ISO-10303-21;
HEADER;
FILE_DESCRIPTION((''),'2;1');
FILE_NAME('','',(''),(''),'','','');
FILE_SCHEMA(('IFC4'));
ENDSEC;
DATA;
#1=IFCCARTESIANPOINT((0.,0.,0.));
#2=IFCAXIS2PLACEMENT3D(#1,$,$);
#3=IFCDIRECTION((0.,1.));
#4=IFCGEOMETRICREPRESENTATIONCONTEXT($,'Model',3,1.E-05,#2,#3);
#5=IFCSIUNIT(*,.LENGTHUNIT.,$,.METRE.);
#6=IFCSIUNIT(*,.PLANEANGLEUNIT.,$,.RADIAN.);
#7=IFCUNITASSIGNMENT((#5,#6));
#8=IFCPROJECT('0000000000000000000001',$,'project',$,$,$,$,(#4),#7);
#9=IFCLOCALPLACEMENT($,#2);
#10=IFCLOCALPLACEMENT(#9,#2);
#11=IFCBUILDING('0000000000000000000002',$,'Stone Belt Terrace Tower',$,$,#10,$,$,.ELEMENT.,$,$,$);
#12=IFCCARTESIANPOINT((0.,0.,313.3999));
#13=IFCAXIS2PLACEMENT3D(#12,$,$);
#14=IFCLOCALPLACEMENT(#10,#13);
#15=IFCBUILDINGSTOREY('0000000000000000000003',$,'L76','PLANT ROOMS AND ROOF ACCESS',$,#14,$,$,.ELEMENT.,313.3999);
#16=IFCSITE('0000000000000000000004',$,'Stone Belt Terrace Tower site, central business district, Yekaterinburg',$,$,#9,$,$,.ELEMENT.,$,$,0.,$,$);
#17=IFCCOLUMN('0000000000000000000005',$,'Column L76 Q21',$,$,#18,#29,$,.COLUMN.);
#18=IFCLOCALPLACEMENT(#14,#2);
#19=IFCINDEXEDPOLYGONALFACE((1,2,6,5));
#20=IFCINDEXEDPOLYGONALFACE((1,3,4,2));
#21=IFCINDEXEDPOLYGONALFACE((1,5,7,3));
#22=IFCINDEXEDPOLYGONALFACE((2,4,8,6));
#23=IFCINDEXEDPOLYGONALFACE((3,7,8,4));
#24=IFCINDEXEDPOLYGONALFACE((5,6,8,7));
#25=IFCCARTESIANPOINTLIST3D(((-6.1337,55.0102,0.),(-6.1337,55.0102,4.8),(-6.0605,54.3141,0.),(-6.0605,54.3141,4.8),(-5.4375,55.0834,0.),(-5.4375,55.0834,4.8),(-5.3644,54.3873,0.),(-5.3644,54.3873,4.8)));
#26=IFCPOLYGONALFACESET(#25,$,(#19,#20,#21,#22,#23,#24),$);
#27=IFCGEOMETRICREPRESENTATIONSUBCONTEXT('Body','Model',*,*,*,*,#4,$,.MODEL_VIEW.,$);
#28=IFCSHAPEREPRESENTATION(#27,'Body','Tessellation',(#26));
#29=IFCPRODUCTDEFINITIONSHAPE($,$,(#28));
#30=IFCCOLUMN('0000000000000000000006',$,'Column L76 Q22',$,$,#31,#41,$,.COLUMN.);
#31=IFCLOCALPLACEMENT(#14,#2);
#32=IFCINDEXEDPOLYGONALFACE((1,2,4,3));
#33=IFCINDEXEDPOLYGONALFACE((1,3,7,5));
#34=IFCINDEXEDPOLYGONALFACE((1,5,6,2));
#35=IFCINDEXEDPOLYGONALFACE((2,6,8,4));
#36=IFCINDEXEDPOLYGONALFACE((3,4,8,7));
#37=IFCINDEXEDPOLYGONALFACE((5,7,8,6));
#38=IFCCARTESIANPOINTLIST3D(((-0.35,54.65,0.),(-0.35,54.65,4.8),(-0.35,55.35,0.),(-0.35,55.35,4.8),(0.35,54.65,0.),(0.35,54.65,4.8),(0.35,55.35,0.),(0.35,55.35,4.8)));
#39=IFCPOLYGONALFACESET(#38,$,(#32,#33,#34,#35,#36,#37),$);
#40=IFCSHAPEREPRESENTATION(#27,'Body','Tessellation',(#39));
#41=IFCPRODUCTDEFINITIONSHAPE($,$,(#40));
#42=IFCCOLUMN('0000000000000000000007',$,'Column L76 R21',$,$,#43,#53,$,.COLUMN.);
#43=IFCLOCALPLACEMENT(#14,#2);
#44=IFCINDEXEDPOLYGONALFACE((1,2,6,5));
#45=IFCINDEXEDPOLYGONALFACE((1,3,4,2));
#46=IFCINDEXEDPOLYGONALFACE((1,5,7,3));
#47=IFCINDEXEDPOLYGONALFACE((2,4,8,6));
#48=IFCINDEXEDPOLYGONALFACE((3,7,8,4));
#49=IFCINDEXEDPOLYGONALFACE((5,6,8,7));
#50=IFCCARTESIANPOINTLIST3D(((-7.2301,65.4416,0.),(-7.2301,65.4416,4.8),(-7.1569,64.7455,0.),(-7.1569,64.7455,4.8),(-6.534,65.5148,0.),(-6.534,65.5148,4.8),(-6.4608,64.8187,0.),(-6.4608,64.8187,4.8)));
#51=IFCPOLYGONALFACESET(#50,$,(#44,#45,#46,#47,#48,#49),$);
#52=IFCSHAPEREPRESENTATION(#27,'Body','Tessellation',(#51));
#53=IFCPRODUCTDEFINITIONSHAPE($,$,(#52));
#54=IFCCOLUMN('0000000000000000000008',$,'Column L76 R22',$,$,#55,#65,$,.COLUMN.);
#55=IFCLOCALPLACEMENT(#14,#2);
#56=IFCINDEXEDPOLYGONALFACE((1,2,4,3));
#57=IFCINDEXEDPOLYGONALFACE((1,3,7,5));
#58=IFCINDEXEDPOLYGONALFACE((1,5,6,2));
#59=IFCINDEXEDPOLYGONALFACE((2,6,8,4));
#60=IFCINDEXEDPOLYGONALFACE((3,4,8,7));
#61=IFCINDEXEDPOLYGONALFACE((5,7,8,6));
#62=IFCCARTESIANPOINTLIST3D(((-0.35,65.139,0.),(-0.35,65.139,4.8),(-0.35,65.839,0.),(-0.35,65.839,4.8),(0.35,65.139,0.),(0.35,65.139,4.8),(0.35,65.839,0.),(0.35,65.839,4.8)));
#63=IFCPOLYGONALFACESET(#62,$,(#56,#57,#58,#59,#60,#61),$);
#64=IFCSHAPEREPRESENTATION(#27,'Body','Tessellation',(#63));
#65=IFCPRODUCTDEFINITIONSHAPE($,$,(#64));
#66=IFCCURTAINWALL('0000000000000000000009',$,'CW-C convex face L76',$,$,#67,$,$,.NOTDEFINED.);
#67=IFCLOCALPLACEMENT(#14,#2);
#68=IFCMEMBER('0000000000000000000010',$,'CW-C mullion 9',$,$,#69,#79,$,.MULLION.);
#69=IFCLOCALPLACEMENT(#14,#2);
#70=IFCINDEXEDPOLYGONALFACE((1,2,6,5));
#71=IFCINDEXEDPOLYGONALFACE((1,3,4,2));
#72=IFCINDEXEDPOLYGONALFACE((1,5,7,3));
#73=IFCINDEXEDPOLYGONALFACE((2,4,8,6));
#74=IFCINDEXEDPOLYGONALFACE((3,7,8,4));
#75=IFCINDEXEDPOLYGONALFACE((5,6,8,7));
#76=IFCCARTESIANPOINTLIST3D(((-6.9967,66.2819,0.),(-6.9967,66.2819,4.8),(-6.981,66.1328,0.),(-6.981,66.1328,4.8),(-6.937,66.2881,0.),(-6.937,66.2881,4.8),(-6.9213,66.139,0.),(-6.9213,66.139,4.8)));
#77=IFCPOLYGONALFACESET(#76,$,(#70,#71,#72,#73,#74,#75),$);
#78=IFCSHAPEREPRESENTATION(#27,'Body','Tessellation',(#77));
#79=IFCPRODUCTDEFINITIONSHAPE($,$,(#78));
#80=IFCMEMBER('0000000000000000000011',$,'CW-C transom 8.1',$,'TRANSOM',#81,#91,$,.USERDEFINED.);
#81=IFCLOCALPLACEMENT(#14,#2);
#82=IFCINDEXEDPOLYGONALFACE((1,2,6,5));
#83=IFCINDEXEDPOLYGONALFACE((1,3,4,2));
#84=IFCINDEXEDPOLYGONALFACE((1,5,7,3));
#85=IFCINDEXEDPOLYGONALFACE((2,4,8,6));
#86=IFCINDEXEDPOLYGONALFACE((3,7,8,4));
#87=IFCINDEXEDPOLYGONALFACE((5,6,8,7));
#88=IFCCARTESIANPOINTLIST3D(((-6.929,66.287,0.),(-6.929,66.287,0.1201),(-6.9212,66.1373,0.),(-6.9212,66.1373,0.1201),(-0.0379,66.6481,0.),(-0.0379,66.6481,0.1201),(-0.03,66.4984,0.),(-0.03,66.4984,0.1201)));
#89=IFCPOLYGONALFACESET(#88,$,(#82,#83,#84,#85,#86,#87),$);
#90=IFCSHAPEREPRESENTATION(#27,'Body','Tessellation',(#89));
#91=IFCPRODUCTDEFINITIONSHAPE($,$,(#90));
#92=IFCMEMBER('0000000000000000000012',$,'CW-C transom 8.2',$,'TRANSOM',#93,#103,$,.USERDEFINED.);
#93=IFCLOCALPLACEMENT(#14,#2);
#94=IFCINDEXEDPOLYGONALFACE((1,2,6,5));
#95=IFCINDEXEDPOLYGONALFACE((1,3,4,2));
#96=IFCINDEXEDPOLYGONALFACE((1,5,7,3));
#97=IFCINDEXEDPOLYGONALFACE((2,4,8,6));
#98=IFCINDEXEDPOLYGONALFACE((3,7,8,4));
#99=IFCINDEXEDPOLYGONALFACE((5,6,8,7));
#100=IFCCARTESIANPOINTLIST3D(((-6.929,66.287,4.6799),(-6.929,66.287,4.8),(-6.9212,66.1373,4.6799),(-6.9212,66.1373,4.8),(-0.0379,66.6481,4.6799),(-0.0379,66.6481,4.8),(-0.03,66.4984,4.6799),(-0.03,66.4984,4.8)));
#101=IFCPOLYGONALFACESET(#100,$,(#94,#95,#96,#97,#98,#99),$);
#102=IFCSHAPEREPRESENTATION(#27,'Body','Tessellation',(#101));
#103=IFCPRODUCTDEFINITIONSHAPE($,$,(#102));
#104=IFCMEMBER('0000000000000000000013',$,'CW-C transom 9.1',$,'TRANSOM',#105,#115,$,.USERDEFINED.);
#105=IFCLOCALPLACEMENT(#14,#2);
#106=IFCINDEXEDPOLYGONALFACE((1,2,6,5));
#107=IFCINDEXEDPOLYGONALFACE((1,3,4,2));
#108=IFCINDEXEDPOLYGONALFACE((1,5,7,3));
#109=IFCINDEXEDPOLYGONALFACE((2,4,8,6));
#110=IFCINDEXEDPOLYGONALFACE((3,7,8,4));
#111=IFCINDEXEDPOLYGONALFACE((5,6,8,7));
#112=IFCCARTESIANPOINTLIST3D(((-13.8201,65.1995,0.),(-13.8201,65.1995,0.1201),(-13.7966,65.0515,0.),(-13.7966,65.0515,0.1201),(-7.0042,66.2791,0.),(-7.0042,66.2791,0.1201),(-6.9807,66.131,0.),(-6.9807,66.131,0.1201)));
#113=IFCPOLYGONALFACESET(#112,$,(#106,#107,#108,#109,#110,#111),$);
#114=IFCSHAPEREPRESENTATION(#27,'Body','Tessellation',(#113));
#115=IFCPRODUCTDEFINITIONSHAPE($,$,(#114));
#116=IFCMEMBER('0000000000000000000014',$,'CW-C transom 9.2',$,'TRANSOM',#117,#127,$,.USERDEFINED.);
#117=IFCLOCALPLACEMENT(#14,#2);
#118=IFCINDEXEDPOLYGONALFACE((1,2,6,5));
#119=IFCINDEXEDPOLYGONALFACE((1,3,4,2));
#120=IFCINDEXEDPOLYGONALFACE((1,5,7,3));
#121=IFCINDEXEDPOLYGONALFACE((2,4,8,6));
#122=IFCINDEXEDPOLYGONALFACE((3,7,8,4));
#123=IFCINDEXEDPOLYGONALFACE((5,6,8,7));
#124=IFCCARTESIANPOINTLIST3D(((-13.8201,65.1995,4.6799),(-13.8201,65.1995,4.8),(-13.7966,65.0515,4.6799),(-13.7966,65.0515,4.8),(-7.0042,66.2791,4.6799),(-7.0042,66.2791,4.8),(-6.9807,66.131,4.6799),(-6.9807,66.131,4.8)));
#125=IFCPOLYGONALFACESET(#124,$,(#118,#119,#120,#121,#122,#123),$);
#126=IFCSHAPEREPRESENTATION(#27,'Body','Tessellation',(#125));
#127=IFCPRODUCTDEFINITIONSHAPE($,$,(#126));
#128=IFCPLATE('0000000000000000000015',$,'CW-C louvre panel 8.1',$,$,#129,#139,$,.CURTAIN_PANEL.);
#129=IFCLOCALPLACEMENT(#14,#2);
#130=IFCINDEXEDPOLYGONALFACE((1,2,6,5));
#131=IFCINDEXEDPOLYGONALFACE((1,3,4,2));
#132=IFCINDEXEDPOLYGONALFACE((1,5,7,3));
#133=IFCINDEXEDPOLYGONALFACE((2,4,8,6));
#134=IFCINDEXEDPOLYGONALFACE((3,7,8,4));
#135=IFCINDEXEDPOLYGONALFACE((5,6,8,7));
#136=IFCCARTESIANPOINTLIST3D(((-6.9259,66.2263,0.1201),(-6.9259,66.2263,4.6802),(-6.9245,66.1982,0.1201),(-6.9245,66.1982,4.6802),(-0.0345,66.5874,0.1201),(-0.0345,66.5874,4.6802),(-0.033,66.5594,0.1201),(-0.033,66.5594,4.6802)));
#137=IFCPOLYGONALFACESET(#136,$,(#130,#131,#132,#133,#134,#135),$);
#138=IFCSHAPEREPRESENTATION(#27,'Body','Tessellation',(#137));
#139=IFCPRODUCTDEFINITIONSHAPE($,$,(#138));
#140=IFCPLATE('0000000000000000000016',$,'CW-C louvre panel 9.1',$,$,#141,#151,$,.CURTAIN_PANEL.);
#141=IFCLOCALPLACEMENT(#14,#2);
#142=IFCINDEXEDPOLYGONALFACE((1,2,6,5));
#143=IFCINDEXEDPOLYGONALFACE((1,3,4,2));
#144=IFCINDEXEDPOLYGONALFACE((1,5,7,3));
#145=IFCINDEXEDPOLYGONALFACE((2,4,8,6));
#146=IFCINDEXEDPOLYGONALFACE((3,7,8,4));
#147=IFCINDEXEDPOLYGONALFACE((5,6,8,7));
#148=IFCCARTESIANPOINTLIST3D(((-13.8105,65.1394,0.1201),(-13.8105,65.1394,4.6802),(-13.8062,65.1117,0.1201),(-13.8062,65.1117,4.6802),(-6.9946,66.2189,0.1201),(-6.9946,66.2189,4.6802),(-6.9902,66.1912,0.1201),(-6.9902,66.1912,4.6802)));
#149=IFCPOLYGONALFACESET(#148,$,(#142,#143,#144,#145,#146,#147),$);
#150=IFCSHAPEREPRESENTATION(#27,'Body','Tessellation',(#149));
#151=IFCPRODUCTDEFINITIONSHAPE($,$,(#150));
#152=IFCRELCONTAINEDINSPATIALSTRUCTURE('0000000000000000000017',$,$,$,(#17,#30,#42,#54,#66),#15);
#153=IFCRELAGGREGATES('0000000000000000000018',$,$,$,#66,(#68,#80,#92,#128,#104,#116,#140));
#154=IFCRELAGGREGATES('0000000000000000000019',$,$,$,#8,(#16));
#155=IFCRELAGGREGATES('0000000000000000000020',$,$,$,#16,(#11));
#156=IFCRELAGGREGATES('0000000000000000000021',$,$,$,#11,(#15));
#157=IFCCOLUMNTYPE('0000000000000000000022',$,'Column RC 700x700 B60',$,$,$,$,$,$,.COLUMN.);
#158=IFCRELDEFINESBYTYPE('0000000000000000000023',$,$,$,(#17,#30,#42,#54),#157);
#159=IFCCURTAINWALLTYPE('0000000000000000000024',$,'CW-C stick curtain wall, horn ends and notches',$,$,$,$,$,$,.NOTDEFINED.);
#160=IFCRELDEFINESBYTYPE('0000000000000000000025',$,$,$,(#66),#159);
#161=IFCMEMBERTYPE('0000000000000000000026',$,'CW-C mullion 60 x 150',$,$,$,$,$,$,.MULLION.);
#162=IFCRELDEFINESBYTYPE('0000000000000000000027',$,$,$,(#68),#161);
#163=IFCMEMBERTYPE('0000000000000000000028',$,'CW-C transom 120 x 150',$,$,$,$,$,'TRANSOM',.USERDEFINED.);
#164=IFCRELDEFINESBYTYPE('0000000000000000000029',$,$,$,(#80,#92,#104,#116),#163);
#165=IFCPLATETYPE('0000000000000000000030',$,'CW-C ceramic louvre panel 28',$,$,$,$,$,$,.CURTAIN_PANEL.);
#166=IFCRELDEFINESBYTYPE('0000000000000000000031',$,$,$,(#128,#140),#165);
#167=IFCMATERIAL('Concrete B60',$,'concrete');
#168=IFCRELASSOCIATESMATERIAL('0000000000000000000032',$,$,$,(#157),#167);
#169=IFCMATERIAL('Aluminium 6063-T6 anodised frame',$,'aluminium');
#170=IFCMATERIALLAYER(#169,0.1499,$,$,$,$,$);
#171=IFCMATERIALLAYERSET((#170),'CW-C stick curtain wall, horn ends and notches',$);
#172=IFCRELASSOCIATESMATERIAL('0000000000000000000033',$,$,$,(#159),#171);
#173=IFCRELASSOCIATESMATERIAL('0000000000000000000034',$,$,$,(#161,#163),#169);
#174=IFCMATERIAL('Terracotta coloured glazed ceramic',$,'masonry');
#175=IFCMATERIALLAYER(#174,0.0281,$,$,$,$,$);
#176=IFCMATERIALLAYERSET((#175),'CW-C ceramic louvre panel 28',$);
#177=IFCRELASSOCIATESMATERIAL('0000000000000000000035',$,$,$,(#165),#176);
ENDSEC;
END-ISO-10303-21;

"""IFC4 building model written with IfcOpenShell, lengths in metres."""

from ifc_helpers import new_model, si_unit, direction, frame, origin, origin_2d, place, context, subcontext, project, spatial, rectangle, extrude, material, layer, layer_set, material_profile, profile_set, type_object, element, aggregate, save


model = new_model("IFC4")

# Units and contexts
model_context = context("Model", 3, precision=1e-05, world=origin(), true_north=direction((0.0, 1.0)))
body_context = subcontext(model_context, "Body", "Model", "MODEL_VIEW")
ifc_project = project(units=[si_unit("LENGTHUNIT", "METRE"), si_unit("PLANEANGLEUNIT", "RADIAN")], contexts=[model_context])

# Site, building, storey
site_placement = place(None, origin())
site = spatial("IfcSite", under=ifc_project, at=site_placement, Name="Stone Belt Terrace Tower site, central business district, Yekaterinburg", CompositionType="ELEMENT", RefElevation=0.0)
building_placement = place(site_placement, origin())
building = spatial("IfcBuilding", under=site, at=building_placement, Name="Stone Belt Terrace Tower", CompositionType="ELEMENT")
storey_placement = place(building_placement, frame((0.0, 0.0, 313.3999)))
storey = spatial("IfcBuildingStorey", under=building, at=storey_placement, Name="L76", Description="PLANT ROOMS AND ROOF ACCESS", CompositionType="ELEMENT", Elevation=313.3999)

# Columns
ifc_material_1 = material(Name="Concrete B60", Category="concrete")
ifc_material_profile_1 = material_profile(ifc_material_1, rectangle(XDim=0.7, YDim=0.7, at=origin_2d()), Name="RC 700x700")
ifc_profile_set_1 = profile_set([ifc_material_profile_1], Name="Concrete B60")
column_type = type_object("IfcColumnType", Name="Column RC 700x700 B60", PredefinedType="COLUMN", material=ifc_profile_set_1)
for number, where, z_axis, x_axis, name in (
    (1, (-5.749, 54.6987, 0.0), (0.0, 0.0, 1.0), (0.994522, 0.104528, 0.0), "Column L76 Q21"),
    (2, (0.0, 55.0, 0.0), (0.0, 0.0, 1.0), (1.0, 0.0, 0.0), "Column L76 Q22"),
    (3, (-6.8455, 65.1301, 0.0), (0.0, 0.0, 1.0), (0.994522, 0.104528, 0.0), "Column L76 R21"),
    (4, (0.0, 65.489, 0.0), (0.0, 0.0, 1.0), (1.0, 0.0, 0.0), "Column L76 R22"),
):
    element("IfcColumn", number, at=place(storey_placement, frame(where, z_axis=z_axis, x_axis=x_axis)), inside=storey, type_object=column_type, Name=name, PredefinedType="COLUMN", context=body_context, shape_type="SweptSolid", body=[
        extrude(rectangle(XDim=0.7, YDim=0.7, at=origin_2d()), origin(), (0.0, 0.0, 1.0), 4.8),
    ])

# Curtain wall, members, plates
ifc_material_2 = material(Name="Aluminium 6063-T6 anodised frame", Category="aluminium")
ifc_layer_1 = layer(ifc_material_2, 0.1499)
ifc_layer_set_1 = layer_set([ifc_layer_1], Name="CW-C stick curtain wall, horn ends and notches")
curtain_wall_type = type_object("IfcCurtainWallType", Name="CW-C stick curtain wall, horn ends and notches", PredefinedType="NOTDEFINED", material=ifc_layer_set_1)
curtain_wall_placement = place(storey_placement, origin())
curtain_wall = element("IfcCurtainWall", 5, at=curtain_wall_placement, inside=storey, type_object=curtain_wall_type, Name="CW-C convex face L76", PredefinedType="NOTDEFINED")
ifc_material_profile_2 = material_profile(ifc_material_2, rectangle(XDim=0.1499, YDim=0.0601, at=origin_2d()), Name="Aluminium 6063-T6 60x150")
ifc_profile_set_2 = profile_set([ifc_material_profile_2], Name="Aluminium 6063-T6 anodised frame")
member_type_1 = type_object("IfcMemberType", Name="CW-C mullion 60 x 150", PredefinedType="MULLION", material=ifc_profile_set_2)
member_1_placement = place(storey_placement, frame((-6.959, 66.2104, 0.0), z_axis=(0.0, 0.0, 1.0), x_axis=(0.104528, -0.994522, 0.0)))
member_1 = element("IfcMember", 6, at=member_1_placement, type_object=member_type_1, Name="CW-C mullion 9", PredefinedType="MULLION", context=body_context, shape_type="SweptSolid", body=[
    extrude(rectangle(XDim=0.1499, YDim=0.0601, at=origin_2d()), origin(), (0.0, 0.0, 1.0), 4.8),
])
ifc_material_profile_3 = material_profile(ifc_material_2, rectangle(XDim=0.1499, YDim=0.1201, at=origin_2d()), Name="Aluminium 6063-T6 150x120")
ifc_profile_set_3 = profile_set([ifc_material_profile_3], Name="Aluminium 6063-T6 anodised frame")
member_type_2 = type_object("IfcMemberType", Name="CW-C transom 120 x 150", ElementType="TRANSOM", PredefinedType="USERDEFINED", material=ifc_profile_set_3)
member_2_placement = place(storey_placement, frame((-0.0339, 66.5732, 0.0601), z_axis=(-0.99863, -0.052327, 0.0), x_axis=(0.052327, -0.99863, 0.0)))
member_2 = element("IfcMember", 7, at=member_2_placement, type_object=member_type_2, Name="CW-C transom 8.1", ObjectType="TRANSOM", PredefinedType="USERDEFINED", context=body_context, shape_type="SweptSolid", body=[
    extrude(rectangle(XDim=0.1499, YDim=0.1201, at=origin_2d()), origin(), (0.0, 0.0, 1.0), 6.9006),
])
member_3_placement = place(storey_placement, frame((-0.0339, 66.5732, 4.74), z_axis=(-0.99863, -0.052327, 0.0), x_axis=(0.052327, -0.99863, 0.0)))
member_3 = element("IfcMember", 8, at=member_3_placement, type_object=member_type_2, Name="CW-C transom 8.2", ObjectType="TRANSOM", PredefinedType="USERDEFINED", context=body_context, shape_type="SweptSolid", body=[
    extrude(rectangle(XDim=0.1499, YDim=0.1201, at=origin_2d()), origin(), (0.0, 0.0, 1.0), 6.9006),
])
member_4_placement = place(storey_placement, frame((-6.9924, 66.2051, 0.0601), z_axis=(-0.987687, -0.156442, 0.0), x_axis=(0.156442, -0.987687, 0.0)))
member_4 = element("IfcMember", 9, at=member_4_placement, type_object=member_type_2, Name="CW-C transom 9.1", ObjectType="TRANSOM", PredefinedType="USERDEFINED", context=body_context, shape_type="SweptSolid", body=[
    extrude(rectangle(XDim=0.1499, YDim=0.1201, at=origin_2d()), origin(), (0.0, 0.0, 1.0), 6.9009),
])
member_5_placement = place(storey_placement, frame((-6.9924, 66.2051, 4.74), z_axis=(-0.987687, -0.156442, 0.0), x_axis=(0.156442, -0.987687, 0.0)))
member_5 = element("IfcMember", 10, at=member_5_placement, type_object=member_type_2, Name="CW-C transom 9.2", ObjectType="TRANSOM", PredefinedType="USERDEFINED", context=body_context, shape_type="SweptSolid", body=[
    extrude(rectangle(XDim=0.1499, YDim=0.1201, at=origin_2d()), origin(), (0.0, 0.0, 1.0), 6.9009),
])
ifc_material_3 = material(Name="Terracotta coloured glazed ceramic", Category="masonry")
ifc_layer_2 = layer(ifc_material_3, 0.0281)
ifc_layer_set_2 = layer_set([ifc_layer_2], Name="CW-C ceramic louvre panel 28")
plate_type = type_object("IfcPlateType", Name="CW-C ceramic louvre panel 28", PredefinedType="CURTAIN_PANEL", material=ifc_layer_set_2)
plate_1_placement = place(storey_placement, frame((-3.4795, 66.3928, 0.1201), z_axis=(0.0, 0.0, 1.0), x_axis=(-0.99863, -0.052336, 0.0)))
plate_1 = element("IfcPlate", 11, at=plate_1_placement, type_object=plate_type, Name="CW-C louvre panel 8.1", PredefinedType="CURTAIN_PANEL", context=body_context, shape_type="SweptSolid", body=[
    extrude(rectangle(XDim=6.9009, YDim=0.0281, at=origin_2d()), origin(), (0.0, 0.0, 1.0), 4.5601),
])
plate_2_placement = place(storey_placement, frame((-10.4004, 65.6653, 0.1201), z_axis=(0.0, 0.0, 1.0), x_axis=(-0.987688, -0.156434, 0.0)))
plate_2 = element("IfcPlate", 12, at=plate_2_placement, type_object=plate_type, Name="CW-C louvre panel 9.1", PredefinedType="CURTAIN_PANEL", context=body_context, shape_type="SweptSolid", body=[
    extrude(rectangle(XDim=6.9009, YDim=0.0281, at=origin_2d()), origin(), (0.0, 0.0, 1.0), 4.5601),
])
aggregate(curtain_wall, [member_1, member_2, member_3, plate_1, member_4, member_5, plate_2])

save(model, "model.ifc")
